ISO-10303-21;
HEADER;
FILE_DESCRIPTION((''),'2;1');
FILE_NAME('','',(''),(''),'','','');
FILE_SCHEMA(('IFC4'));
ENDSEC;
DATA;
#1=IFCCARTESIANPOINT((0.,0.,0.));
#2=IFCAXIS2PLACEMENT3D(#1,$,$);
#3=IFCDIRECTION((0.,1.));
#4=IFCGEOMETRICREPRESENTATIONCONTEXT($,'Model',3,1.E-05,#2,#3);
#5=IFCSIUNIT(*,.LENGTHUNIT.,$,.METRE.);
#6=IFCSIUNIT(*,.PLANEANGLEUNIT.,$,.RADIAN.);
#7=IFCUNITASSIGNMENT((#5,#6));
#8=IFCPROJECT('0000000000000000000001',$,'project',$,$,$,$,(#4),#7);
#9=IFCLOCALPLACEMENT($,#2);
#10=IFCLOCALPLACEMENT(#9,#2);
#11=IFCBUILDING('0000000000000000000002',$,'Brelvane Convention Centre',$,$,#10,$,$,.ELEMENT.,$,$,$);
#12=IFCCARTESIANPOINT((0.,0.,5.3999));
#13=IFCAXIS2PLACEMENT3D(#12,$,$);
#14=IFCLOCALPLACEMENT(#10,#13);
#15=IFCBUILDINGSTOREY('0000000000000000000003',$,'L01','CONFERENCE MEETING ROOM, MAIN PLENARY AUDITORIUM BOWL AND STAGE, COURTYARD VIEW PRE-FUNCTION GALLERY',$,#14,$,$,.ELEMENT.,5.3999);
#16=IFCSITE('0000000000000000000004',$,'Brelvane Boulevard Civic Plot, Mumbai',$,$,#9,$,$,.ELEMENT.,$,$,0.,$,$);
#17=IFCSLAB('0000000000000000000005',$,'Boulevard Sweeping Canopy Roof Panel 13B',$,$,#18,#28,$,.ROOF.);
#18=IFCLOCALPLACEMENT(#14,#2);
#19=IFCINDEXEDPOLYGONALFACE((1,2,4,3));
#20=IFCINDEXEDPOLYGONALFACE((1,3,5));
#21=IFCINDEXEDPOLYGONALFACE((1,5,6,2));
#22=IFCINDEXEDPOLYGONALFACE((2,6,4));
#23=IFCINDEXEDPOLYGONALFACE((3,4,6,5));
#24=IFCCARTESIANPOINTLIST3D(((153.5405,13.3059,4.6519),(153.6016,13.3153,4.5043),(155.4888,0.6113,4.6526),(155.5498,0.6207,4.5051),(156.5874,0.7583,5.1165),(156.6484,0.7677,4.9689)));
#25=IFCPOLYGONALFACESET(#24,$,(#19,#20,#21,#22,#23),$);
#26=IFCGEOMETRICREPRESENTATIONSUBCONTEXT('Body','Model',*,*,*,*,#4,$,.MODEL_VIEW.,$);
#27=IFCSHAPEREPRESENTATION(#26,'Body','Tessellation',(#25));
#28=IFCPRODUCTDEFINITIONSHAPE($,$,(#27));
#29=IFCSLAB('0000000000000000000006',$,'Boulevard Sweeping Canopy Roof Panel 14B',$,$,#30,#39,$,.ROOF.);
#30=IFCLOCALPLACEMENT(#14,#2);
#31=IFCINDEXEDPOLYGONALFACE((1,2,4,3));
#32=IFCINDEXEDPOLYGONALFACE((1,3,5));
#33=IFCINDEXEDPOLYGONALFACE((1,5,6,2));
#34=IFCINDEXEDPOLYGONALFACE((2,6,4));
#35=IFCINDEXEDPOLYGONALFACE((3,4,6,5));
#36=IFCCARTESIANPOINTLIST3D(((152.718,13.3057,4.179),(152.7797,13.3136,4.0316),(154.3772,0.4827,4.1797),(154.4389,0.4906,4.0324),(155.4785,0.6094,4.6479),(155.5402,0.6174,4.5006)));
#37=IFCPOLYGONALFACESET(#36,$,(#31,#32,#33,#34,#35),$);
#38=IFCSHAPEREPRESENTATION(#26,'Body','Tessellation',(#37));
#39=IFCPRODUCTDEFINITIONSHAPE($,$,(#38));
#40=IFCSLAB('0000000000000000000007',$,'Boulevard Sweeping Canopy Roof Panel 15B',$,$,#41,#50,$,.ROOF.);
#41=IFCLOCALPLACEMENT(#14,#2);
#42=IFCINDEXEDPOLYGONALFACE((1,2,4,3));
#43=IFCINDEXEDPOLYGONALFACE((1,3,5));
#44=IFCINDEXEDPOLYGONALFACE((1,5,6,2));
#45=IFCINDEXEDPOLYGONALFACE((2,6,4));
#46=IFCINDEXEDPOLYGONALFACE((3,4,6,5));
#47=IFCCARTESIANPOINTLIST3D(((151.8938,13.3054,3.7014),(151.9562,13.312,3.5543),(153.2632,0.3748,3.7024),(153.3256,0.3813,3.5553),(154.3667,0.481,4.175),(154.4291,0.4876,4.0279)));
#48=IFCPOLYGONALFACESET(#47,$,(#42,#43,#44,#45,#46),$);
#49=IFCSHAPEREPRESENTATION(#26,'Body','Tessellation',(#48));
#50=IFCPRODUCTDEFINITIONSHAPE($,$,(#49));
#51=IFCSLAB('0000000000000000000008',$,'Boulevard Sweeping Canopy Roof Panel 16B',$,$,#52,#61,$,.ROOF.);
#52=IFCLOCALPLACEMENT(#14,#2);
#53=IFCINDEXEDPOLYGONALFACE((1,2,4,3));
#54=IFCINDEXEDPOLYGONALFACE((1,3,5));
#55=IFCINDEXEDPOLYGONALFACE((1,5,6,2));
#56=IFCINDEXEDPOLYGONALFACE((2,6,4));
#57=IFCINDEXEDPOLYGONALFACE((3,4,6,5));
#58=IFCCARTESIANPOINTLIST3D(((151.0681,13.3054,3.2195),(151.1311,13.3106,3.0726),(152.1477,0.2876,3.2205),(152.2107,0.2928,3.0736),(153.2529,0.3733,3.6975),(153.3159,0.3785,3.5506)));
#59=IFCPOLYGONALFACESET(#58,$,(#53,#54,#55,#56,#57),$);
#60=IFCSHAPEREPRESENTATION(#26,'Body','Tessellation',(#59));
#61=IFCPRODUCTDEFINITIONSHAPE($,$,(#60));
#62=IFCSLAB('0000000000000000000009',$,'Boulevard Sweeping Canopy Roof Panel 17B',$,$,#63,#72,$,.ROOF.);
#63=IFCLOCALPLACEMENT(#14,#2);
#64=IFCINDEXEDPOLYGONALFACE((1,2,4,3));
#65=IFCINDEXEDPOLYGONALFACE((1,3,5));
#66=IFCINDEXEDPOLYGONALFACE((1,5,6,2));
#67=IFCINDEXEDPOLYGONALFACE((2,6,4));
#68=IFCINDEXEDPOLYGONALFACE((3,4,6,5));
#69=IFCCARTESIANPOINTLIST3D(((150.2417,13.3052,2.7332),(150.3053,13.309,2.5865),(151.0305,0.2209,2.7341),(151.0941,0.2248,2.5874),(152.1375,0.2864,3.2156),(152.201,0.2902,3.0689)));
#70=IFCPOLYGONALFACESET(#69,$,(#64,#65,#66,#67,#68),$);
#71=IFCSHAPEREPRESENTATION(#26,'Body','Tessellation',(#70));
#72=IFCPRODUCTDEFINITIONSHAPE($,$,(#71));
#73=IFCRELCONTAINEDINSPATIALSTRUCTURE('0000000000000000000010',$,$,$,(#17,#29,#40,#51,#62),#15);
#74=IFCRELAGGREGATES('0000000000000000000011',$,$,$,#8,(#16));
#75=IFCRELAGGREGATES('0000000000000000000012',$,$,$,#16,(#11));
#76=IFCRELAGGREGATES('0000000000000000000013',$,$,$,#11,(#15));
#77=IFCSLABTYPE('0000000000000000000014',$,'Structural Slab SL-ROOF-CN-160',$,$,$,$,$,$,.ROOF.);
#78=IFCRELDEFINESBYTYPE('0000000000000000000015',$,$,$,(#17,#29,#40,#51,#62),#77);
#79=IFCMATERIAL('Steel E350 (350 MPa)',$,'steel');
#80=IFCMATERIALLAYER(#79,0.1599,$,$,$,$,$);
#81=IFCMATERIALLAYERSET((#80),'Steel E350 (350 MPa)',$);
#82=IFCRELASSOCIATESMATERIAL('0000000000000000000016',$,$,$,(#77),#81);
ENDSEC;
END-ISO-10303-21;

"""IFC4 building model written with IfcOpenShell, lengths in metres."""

from ifc_helpers import new_model, si_unit, direction, frame, origin, place, context, subcontext, project, spatial, polyline, outline, extrude, material, layer, layer_set, type_object, element, save


model = new_model("IFC4")

# Units and contexts
model_context = context("Model", 3, precision=1e-05, world=origin(), true_north=direction((0.0, 1.0)))
body_context = subcontext(model_context, "Body", "Model", "MODEL_VIEW")
ifc_project = project(units=[si_unit("LENGTHUNIT", "METRE"), si_unit("PLANEANGLEUNIT", "RADIAN")], contexts=[model_context])

# Site, building, storey
site_placement = place(None, origin())
site = spatial("IfcSite", under=ifc_project, at=site_placement, Name="Brelvane Boulevard Civic Plot, Mumbai", CompositionType="ELEMENT", RefElevation=0.0)
building_placement = place(site_placement, origin())
building = spatial("IfcBuilding", under=site, at=building_placement, Name="Brelvane Convention Centre", CompositionType="ELEMENT")
storey_placement = place(building_placement, frame((0.0, 0.0, 5.3999)))
storey = spatial("IfcBuildingStorey", under=building, at=storey_placement, Name="L01", Description="CONFERENCE MEETING ROOM, MAIN PLENARY AUDITORIUM BOWL AND STAGE, COURTYARD VIEW PRE-FUNCTION GALLERY", CompositionType="ELEMENT", Elevation=5.3999)

# Slabs
ifc_material_1 = material(Name="Steel E350 (350 MPa)", Category="steel")
ifc_layer_1 = layer(ifc_material_1, 0.1599)
ifc_layer_set_1 = layer_set([ifc_layer_1], Name="Steel E350 (350 MPa)")
slab_type = type_object("IfcSlabType", Name="Structural Slab SL-ROOF-CN-160", PredefinedType="ROOF", material=ifc_layer_set_1)
slab_1_placement = place(storey_placement, frame((156.5874, 0.7583, 5.1165), z_axis=(-0.381651, -0.058519, 0.922452), x_axis=(-0.914332, -0.122317, -0.386051)))
element("IfcSlab", 1, at=slab_1_placement, inside=storey, type_object=slab_type, Name="Boulevard Sweeping Canopy Roof Panel 13B", PredefinedType="ROOF", context=body_context, shape_type="SweptSolid", body=[
    extrude(outline(polyline([(0.0, 0.0), (1.2016, 0.0), (1.4304, -12.8412), (0.0, 0.0)])), origin(), (0.0, 0.0, -1.0), 0.1599),
])
slab_2_placement = place(storey_placement, frame((155.4785, 0.6094, 4.6479), z_axis=(-0.38593, -0.049883, 0.921178), x_axis=(-0.915155, -0.105291, -0.389108)))
element("IfcSlab", 2, at=slab_2_placement, inside=storey, type_object=slab_type, Name="Boulevard Sweeping Canopy Roof Panel 14B", PredefinedType="ROOF", context=body_context, shape_type="SweptSolid", body=[
    extrude(outline(polyline([(0.0, 0.0), (1.2034, 0.0), (1.372, -12.9288), (0.0, 0.0)])), origin(), (0.0, 0.0, -1.0), 0.1599),
])
slab_3_placement = place(storey_placement, frame((154.3667, 0.481, 4.175), z_axis=(-0.390032, -0.041236, 0.919877), x_axis=(-0.915653, -0.088121, -0.392191)))
element("IfcSlab", 3, at=slab_3_placement, inside=storey, type_object=slab_type, Name="Boulevard Sweeping Canopy Roof Panel 15B", PredefinedType="ROOF", context=body_context, shape_type="SweptSolid", body=[
    extrude(outline(polyline([(0.0, 0.0), (1.2052, 0.0), (1.32, -13.0025), (0.0, 0.0)])), origin(), (0.0, 0.0, -1.0), 0.1599),
])
slab_4_placement = place(storey_placement, frame((153.2529, 0.3733, 3.6975), z_axis=(-0.39395, -0.032602, 0.918554), x_axis=(-0.915807, -0.071007, -0.395292)))
element("IfcSlab", 4, at=slab_4_placement, inside=storey, type_object=slab_type, Name="Boulevard Sweeping Canopy Roof Panel 16B", PredefinedType="ROOF", context=body_context, shape_type="SweptSolid", body=[
    extrude(outline(polyline([(0.0, 0.0), (1.2068, 0.0), (1.2716, -13.0624), (0.0, 0.0)])), origin(), (0.0, 0.0, -1.0), 0.1599),
])
slab_5_placement = place(storey_placement, frame((152.1375, 0.2864, 3.2156), z_axis=(-0.397542, -0.023898, 0.917273), x_axis=(-0.915674, -0.054125, -0.39826)))
element("IfcSlab", 5, at=slab_5_placement, inside=storey, type_object=slab_type, Name="Boulevard Sweeping Canopy Roof Panel 17B", PredefinedType="ROOF", context=body_context, shape_type="SweptSolid", body=[
    extrude(outline(polyline([(0.0, 0.0), (1.2089, 0.0), (1.2234, -13.108), (0.0, 0.0)])), origin(), (0.0, 0.0, -1.0), 0.1599),
])

save(model, "model.ifc")
